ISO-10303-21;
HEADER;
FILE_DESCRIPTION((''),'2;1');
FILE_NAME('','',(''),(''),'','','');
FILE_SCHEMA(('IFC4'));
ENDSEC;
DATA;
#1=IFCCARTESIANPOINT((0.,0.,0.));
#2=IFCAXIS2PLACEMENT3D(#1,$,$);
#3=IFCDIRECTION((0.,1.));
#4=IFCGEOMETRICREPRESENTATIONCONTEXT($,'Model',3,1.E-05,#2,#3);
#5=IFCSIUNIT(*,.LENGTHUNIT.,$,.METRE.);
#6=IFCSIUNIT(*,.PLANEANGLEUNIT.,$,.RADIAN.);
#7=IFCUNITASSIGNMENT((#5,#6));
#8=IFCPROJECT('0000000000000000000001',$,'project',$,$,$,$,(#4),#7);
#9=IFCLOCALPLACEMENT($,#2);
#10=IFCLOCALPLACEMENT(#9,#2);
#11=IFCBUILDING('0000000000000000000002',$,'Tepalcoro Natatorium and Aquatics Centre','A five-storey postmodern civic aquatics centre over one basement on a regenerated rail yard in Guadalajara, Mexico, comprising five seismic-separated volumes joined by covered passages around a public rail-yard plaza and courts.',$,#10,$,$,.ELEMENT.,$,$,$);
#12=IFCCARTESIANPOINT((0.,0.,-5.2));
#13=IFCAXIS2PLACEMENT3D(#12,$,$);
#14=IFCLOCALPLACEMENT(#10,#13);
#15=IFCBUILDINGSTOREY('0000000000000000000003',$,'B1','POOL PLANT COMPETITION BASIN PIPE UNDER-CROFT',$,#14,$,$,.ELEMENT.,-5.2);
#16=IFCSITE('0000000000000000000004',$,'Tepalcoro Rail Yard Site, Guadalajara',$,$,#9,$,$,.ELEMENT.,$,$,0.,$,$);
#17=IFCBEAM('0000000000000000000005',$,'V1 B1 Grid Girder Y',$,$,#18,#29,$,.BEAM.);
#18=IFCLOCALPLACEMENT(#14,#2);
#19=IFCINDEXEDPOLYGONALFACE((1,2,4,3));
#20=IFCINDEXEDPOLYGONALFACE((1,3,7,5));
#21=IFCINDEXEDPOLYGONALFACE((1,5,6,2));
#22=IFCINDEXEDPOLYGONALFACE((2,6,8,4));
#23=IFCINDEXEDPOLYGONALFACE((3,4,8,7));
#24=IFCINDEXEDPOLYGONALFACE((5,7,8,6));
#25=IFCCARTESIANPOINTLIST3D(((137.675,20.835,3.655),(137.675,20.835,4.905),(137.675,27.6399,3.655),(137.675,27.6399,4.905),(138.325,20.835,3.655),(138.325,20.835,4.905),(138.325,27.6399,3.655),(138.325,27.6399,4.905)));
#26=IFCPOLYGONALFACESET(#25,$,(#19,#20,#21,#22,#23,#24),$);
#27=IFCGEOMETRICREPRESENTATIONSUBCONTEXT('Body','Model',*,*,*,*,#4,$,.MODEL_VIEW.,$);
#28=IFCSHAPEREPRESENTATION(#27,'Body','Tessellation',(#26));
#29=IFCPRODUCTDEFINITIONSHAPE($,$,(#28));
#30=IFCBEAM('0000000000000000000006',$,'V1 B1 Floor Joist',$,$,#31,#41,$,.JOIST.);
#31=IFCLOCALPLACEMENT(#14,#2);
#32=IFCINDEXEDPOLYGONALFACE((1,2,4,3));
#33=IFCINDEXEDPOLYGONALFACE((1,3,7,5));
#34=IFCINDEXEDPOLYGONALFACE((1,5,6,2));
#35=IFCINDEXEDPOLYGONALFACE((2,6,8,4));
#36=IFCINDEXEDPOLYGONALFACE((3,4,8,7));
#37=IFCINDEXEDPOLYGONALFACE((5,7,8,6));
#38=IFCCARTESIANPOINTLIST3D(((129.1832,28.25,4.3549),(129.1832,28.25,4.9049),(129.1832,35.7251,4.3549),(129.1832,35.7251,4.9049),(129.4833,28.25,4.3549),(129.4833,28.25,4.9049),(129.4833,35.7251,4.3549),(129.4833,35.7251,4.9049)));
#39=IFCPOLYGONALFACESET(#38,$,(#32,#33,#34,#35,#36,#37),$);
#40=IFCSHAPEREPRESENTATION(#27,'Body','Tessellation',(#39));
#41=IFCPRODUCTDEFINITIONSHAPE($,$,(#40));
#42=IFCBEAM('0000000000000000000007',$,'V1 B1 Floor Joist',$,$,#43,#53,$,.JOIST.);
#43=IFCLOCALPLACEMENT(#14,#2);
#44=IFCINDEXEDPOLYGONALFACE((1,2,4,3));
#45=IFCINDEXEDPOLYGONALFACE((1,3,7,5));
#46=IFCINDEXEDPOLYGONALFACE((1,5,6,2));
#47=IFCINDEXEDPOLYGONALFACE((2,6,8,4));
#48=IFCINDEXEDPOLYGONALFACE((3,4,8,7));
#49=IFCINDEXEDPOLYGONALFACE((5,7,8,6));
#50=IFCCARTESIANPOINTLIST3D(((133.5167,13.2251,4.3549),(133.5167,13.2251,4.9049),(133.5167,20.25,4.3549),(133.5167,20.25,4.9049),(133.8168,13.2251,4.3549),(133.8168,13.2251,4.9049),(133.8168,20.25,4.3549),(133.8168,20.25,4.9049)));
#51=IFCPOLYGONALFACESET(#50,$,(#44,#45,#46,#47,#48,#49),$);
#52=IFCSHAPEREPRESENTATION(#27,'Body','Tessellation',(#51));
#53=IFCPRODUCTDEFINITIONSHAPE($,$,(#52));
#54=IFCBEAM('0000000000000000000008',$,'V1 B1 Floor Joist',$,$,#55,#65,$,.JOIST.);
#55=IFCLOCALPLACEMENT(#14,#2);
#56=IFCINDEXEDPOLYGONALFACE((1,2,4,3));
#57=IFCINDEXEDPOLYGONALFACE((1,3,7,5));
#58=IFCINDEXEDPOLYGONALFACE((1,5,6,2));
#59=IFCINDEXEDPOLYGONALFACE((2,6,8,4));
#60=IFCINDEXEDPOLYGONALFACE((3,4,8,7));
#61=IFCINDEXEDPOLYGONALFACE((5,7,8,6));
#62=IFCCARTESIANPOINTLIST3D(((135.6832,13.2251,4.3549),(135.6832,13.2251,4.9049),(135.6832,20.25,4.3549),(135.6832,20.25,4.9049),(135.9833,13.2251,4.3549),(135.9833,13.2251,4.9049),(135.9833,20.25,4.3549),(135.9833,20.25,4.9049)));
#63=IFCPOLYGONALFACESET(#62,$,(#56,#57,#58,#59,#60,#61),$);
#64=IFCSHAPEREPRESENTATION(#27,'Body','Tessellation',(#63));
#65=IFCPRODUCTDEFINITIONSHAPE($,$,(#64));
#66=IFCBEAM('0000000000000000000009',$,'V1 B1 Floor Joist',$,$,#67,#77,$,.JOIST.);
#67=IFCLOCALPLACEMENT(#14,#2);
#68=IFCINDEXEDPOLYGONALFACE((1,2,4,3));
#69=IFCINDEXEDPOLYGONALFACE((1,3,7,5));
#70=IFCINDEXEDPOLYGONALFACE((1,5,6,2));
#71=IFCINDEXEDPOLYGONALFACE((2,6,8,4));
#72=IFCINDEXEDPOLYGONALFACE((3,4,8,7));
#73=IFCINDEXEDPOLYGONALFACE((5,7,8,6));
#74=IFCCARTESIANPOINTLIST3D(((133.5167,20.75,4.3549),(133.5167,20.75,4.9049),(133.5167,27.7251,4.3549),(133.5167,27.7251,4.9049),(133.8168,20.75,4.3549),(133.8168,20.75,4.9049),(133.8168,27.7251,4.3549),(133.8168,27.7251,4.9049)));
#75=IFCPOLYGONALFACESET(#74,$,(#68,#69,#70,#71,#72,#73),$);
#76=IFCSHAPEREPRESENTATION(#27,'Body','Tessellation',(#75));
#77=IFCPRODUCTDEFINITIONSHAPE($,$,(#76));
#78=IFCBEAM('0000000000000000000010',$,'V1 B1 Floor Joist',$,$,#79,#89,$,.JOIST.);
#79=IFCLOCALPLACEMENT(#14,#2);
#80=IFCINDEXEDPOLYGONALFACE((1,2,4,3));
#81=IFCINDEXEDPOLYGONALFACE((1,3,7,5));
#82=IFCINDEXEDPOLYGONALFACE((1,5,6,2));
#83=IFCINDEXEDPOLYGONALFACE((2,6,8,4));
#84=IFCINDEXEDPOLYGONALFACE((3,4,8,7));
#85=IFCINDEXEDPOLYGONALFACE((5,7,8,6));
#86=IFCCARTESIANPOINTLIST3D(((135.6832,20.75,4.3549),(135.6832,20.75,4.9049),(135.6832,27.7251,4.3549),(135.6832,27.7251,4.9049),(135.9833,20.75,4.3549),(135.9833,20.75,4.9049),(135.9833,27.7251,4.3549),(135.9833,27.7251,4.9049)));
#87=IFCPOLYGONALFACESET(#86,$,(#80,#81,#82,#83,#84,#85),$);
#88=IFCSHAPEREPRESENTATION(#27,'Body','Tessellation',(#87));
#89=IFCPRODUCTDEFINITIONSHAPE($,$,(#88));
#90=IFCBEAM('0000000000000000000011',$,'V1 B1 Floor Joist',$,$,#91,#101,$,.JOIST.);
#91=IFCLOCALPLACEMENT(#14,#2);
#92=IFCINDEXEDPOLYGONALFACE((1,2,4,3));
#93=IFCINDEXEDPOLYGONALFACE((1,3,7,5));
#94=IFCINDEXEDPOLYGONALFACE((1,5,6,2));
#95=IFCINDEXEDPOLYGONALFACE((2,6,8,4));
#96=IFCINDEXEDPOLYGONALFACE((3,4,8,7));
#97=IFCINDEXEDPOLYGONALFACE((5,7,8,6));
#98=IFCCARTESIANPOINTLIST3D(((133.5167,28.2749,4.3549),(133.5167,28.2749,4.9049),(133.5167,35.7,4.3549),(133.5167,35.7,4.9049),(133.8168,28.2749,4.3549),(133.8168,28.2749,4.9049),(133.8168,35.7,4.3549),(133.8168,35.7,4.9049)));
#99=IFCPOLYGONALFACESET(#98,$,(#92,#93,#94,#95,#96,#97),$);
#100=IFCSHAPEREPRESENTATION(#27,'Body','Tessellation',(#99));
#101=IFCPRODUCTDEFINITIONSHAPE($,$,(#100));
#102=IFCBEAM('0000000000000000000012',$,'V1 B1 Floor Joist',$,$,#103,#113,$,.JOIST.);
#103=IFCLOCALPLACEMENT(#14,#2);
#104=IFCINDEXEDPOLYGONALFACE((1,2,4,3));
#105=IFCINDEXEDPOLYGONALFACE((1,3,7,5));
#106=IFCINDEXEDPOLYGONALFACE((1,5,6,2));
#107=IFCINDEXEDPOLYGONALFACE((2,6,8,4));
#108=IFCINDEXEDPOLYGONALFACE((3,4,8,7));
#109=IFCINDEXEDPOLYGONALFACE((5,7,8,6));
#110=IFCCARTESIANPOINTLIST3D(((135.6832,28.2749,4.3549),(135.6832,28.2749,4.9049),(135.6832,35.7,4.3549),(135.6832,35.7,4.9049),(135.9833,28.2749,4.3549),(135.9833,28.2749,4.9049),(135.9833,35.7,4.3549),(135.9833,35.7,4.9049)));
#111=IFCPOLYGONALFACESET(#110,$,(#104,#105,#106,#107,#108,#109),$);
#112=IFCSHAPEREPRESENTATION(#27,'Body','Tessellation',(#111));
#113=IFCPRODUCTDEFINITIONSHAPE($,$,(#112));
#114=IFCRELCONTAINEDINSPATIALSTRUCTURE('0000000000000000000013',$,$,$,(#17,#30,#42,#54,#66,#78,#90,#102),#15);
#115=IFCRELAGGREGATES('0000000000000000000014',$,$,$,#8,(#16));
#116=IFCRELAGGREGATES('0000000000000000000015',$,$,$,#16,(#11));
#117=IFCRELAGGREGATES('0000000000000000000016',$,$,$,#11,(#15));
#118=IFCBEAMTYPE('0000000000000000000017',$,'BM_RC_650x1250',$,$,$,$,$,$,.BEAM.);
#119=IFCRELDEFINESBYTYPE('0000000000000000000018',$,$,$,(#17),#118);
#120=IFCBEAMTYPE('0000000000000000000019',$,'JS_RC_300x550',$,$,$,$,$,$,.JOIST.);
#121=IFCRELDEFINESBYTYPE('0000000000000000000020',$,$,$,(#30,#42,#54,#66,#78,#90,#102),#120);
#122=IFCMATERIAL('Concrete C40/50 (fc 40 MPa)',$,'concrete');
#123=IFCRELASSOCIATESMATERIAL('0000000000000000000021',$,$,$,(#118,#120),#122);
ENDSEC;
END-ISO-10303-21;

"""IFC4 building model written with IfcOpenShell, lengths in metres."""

from ifc_helpers import new_model, si_unit, direction, frame, origin, origin_2d, place, context, subcontext, project, spatial, rectangle, extrude, material, material_profile, profile_set, type_object, element, save


model = new_model("IFC4")

# Units and contexts
model_context = context("Model", 3, precision=1e-05, world=origin(), true_north=direction((0.0, 1.0)))
body_context = subcontext(model_context, "Body", "Model", "MODEL_VIEW")
ifc_project = project(units=[si_unit("LENGTHUNIT", "METRE"), si_unit("PLANEANGLEUNIT", "RADIAN")], contexts=[model_context])

# Site, building, storey
site_placement = place(None, origin())
site = spatial("IfcSite", under=ifc_project, at=site_placement, Name="Tepalcoro Rail Yard Site, Guadalajara", CompositionType="ELEMENT", RefElevation=0.0)
building_placement = place(site_placement, origin())
building = spatial("IfcBuilding", under=site, at=building_placement, Name="Tepalcoro Natatorium and Aquatics Centre", Description="A five-storey postmodern civic aquatics centre over one basement on a regenerated rail yard in Guadalajara, Mexico, comprising five seismic-separated volumes joined by covered passages around a public rail-yard plaza and courts.", CompositionType="ELEMENT")
storey_placement = place(building_placement, frame((0.0, 0.0, -5.2)))
storey = spatial("IfcBuildingStorey", under=building, at=storey_placement, Name="B1", Description="POOL PLANT COMPETITION BASIN PIPE UNDER-CROFT", CompositionType="ELEMENT", Elevation=-5.2)

# Shared definitions
ifc_material = material(Name="Concrete C40/50 (fc 40 MPa)", Category="concrete")

# Beams
ifc_material_profile_1 = material_profile(ifc_material, rectangle(XDim=0.6499, YDim=1.25, at=origin_2d()), Name="RCB650x1250")
ifc_profile_set_1 = profile_set([ifc_material_profile_1], Name="Concrete C40/50 (fc 40 MPa)")
beam_type_1 = type_object("IfcBeamType", Name="BM_RC_650x1250", PredefinedType="BEAM", material=ifc_profile_set_1)
beam_1_placement = place(storey_placement, frame((138.0, 20.835, 4.28), z_axis=(0.0, 1.0, 0.0), x_axis=(-1.0, 0.0, 0.0)))
element("IfcBeam", 1, at=beam_1_placement, inside=storey, type_object=beam_type_1, Name="V1 B1 Grid Girder Y", PredefinedType="BEAM", context=body_context, shape_type="SweptSolid", body=[
    extrude(rectangle(XDim=0.6499, YDim=1.25, at=origin_2d()), origin(), (0.0, 0.0, 1.0), 6.8049),
])
ifc_material_profile_2 = material_profile(ifc_material, rectangle(XDim=0.3, YDim=0.55, at=origin_2d()), Name="RCJ300x550")
ifc_profile_set_2 = profile_set([ifc_material_profile_2], Name="Concrete C40/50 (fc 40 MPa)")
beam_type_2 = type_object("IfcBeamType", Name="JS_RC_300x550", PredefinedType="JOIST", material=ifc_profile_set_2)
beam_2_placement = place(storey_placement, frame((129.3333, 28.25, 4.6299), z_axis=(0.0, 1.0, 0.0), x_axis=(-1.0, 0.0, 0.0)))
element("IfcBeam", 2, at=beam_2_placement, inside=storey, type_object=beam_type_2, Name="V1 B1 Floor Joist", PredefinedType="JOIST", context=body_context, shape_type="SweptSolid", body=[
    extrude(rectangle(XDim=0.3, YDim=0.55, at=origin_2d()), origin(), (0.0, 0.0, 1.0), 7.4751),
])
for number, where, z_axis, x_axis, name in (
    (3, (133.6667, 13.2251, 4.6299), (0.0, 1.0, 0.0), (-1.0, 0.0, 0.0), "V1 B1 Floor Joist"),
    (4, (135.8333, 13.2251, 4.6299), (0.0, 1.0, 0.0), (-1.0, 0.0, 0.0), "V1 B1 Floor Joist"),
):
    element("IfcBeam", number, at=place(storey_placement, frame(where, z_axis=z_axis, x_axis=x_axis)), inside=storey, type_object=beam_type_2, Name=name, PredefinedType="JOIST", context=body_context, shape_type="SweptSolid", body=[
        extrude(rectangle(XDim=0.3, YDim=0.55, at=origin_2d()), origin(), (0.0, 0.0, 1.0), 7.0249),
    ])
for number, where, z_axis, x_axis, name in (
    (5, (133.6667, 20.75, 4.6299), (0.0, 1.0, 0.0), (-1.0, 0.0, 0.0), "V1 B1 Floor Joist"),
    (6, (135.8333, 20.75, 4.6299), (0.0, 1.0, 0.0), (-1.0, 0.0, 0.0), "V1 B1 Floor Joist"),
):
    element("IfcBeam", number, at=place(storey_placement, frame(where, z_axis=z_axis, x_axis=x_axis)), inside=storey, type_object=beam_type_2, Name=name, PredefinedType="JOIST", context=body_context, shape_type="SweptSolid", body=[
        extrude(rectangle(XDim=0.3, YDim=0.55, at=origin_2d()), origin(), (0.0, 0.0, 1.0), 6.9751),
    ])
for number, where, z_axis, x_axis, name in (
    (7, (133.6667, 28.2749, 4.6299), (0.0, 1.0, 0.0), (-1.0, 0.0, 0.0), "V1 B1 Floor Joist"),
    (8, (135.8333, 28.2749, 4.6299), (0.0, 1.0, 0.0), (-1.0, 0.0, 0.0), "V1 B1 Floor Joist"),
):
    element("IfcBeam", number, at=place(storey_placement, frame(where, z_axis=z_axis, x_axis=x_axis)), inside=storey, type_object=beam_type_2, Name=name, PredefinedType="JOIST", context=body_context, shape_type="SweptSolid", body=[
        extrude(rectangle(XDim=0.3, YDim=0.55, at=origin_2d()), origin(), (0.0, 0.0, 1.0), 7.425),
    ])

save(model, "model.ifc")
